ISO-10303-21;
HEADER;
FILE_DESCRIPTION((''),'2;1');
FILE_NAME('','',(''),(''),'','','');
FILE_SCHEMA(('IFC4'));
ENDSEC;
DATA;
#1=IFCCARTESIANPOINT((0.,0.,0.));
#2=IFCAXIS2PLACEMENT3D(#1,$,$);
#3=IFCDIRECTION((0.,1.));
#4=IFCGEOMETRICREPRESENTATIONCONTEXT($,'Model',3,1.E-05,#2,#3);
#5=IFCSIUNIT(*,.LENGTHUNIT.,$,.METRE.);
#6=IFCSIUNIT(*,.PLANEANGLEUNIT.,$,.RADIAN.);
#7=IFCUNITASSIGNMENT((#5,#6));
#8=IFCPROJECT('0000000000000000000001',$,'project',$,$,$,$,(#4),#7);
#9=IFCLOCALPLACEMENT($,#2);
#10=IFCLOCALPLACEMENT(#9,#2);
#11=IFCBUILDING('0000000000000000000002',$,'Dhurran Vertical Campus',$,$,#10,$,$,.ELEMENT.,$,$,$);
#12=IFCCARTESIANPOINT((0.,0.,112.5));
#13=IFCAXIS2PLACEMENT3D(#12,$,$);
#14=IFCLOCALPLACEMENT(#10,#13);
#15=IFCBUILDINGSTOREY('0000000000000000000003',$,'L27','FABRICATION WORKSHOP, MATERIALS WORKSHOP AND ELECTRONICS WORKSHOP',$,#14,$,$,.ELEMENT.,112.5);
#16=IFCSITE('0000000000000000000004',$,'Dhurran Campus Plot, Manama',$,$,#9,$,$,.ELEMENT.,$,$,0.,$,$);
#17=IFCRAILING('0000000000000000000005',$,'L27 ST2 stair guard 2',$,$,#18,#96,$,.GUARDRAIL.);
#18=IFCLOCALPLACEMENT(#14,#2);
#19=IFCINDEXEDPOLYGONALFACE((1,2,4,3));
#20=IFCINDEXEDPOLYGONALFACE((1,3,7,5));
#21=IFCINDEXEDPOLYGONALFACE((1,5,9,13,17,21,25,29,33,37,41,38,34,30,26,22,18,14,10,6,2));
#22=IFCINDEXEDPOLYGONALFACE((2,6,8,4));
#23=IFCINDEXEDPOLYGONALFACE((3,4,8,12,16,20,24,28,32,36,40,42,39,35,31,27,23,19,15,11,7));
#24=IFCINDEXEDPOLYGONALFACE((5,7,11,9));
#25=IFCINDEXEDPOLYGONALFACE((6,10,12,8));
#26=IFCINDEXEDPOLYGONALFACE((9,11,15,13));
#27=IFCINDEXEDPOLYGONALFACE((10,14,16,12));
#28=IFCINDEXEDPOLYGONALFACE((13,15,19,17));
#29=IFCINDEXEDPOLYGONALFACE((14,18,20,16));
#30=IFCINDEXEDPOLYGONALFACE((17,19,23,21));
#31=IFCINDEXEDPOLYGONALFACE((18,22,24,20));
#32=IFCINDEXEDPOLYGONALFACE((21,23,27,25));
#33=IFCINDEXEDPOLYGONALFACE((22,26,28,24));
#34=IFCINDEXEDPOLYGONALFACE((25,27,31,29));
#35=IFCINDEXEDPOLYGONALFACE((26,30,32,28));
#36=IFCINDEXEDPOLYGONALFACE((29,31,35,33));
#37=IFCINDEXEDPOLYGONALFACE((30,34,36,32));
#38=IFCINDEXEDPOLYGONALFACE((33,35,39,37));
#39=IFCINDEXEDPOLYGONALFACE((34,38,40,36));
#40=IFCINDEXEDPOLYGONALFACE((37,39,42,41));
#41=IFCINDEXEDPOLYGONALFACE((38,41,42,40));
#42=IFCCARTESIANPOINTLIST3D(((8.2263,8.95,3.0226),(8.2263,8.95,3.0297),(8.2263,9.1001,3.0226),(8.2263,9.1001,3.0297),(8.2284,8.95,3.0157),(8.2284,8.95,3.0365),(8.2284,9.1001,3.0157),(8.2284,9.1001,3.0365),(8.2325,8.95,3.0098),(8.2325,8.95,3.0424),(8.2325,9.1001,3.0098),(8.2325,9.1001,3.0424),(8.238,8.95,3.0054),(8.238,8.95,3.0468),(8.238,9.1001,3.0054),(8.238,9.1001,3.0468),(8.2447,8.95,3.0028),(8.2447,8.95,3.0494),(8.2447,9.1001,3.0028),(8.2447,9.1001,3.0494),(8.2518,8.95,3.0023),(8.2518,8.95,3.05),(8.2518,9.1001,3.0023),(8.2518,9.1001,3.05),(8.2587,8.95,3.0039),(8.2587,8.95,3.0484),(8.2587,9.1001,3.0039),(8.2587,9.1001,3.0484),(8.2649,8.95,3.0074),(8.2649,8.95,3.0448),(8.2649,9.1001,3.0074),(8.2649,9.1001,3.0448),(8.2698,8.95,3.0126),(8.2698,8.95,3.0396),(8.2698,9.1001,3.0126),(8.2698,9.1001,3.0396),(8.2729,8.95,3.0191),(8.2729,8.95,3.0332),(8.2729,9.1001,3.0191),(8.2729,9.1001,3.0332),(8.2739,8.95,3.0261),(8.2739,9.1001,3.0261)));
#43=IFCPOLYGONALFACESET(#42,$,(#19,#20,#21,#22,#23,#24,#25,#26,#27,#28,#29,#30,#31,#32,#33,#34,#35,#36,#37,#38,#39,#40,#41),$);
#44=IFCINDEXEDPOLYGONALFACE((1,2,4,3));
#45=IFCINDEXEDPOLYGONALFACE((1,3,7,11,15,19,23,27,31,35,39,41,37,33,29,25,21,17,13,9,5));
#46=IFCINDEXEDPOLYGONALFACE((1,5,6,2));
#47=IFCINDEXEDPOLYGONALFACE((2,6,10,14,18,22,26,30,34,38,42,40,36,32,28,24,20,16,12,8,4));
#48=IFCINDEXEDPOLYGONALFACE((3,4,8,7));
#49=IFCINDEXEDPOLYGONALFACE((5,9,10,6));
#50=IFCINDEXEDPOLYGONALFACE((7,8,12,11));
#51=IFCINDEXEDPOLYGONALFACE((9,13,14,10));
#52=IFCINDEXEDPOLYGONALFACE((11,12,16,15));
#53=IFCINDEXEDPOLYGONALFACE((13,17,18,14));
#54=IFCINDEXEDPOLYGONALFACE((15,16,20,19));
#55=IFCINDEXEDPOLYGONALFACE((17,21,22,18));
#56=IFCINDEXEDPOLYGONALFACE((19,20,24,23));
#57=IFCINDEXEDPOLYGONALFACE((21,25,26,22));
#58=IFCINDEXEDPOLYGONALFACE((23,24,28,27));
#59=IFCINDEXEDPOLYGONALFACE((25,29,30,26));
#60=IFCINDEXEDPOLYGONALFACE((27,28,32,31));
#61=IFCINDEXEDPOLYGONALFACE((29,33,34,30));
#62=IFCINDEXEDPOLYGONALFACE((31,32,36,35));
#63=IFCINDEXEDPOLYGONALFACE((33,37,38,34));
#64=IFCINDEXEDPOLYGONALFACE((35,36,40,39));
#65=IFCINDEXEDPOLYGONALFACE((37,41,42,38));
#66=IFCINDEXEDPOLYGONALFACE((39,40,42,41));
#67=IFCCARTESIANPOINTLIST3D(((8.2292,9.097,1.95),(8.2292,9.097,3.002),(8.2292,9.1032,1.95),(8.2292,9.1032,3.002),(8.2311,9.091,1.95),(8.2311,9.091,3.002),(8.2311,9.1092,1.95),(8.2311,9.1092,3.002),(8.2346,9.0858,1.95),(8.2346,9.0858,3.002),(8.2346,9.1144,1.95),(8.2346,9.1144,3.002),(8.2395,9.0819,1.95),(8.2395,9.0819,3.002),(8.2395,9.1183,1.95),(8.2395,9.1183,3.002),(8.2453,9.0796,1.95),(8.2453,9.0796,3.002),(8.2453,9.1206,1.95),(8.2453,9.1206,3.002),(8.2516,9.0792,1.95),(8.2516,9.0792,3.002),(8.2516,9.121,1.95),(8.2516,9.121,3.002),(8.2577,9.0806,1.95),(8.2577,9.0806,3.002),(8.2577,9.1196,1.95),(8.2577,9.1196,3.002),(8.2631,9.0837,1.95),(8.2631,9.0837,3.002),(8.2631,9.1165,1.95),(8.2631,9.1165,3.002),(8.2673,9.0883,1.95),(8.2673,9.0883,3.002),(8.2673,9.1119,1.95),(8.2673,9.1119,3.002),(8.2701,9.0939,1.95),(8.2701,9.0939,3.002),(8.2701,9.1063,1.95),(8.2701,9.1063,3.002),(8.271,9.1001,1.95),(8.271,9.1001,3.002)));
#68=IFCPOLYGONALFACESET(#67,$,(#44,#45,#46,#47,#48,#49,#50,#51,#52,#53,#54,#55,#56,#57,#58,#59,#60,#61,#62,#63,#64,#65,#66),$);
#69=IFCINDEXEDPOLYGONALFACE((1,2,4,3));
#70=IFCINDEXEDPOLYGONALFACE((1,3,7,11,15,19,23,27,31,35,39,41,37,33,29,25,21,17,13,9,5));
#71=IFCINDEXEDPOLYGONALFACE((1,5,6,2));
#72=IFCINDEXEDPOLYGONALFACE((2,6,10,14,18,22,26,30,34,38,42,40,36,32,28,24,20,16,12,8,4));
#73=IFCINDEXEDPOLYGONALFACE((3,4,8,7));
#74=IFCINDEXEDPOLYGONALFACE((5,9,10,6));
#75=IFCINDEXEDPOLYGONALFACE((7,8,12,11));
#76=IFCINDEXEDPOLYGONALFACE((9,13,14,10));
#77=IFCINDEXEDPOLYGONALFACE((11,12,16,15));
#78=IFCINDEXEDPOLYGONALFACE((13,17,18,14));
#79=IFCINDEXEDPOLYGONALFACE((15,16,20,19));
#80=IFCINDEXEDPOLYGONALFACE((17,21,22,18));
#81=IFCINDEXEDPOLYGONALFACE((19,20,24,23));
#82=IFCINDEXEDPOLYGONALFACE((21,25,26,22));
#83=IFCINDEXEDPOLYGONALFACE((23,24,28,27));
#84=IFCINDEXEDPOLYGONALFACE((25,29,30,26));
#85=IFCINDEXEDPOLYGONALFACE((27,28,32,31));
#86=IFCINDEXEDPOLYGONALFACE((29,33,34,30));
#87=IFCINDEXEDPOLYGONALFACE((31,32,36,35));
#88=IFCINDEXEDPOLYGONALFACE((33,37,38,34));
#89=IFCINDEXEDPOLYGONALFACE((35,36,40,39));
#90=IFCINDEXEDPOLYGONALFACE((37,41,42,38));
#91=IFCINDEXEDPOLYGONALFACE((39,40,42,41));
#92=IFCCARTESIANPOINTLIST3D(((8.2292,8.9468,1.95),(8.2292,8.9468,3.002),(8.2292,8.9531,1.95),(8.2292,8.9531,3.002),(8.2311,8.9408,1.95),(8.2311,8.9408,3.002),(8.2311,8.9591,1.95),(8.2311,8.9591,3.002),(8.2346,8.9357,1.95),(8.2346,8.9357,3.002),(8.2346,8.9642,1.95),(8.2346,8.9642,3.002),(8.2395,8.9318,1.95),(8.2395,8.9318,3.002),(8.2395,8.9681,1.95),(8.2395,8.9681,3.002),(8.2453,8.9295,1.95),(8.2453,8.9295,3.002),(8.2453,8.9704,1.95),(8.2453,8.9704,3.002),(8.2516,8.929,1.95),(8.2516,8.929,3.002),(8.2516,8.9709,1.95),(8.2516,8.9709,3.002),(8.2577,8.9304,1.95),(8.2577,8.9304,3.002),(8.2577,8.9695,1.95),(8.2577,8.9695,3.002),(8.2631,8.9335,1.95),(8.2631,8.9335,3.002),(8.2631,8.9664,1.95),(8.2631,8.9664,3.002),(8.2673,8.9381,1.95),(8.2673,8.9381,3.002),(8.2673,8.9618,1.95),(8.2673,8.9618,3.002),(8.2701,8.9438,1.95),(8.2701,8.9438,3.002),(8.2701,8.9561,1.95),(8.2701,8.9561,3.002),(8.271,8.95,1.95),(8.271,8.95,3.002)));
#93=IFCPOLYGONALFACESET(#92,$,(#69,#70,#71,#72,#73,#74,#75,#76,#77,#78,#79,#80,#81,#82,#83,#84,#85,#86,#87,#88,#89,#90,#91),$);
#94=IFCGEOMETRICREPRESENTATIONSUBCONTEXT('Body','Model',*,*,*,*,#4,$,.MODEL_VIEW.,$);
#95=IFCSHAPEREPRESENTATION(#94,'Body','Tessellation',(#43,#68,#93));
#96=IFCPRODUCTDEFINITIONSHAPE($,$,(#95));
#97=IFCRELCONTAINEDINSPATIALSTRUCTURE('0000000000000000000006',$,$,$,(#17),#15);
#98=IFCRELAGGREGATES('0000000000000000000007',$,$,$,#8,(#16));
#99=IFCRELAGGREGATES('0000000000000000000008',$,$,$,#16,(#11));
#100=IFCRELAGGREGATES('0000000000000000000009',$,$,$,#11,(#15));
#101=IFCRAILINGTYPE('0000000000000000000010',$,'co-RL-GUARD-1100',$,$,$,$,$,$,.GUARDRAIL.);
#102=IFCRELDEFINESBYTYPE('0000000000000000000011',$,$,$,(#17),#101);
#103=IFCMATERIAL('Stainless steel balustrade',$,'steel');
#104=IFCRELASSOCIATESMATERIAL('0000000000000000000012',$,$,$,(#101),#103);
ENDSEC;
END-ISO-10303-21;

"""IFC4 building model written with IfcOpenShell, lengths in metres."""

from ifc_helpers import new_model, si_unit, direction, frame, origin, origin_2d, place, context, subcontext, project, spatial, circle, extrude, material, type_object, element, save


model = new_model("IFC4")

# Units and contexts
model_context = context("Model", 3, precision=1e-05, world=origin(), true_north=direction((0.0, 1.0)))
body_context = subcontext(model_context, "Body", "Model", "MODEL_VIEW")
ifc_project = project(units=[si_unit("LENGTHUNIT", "METRE"), si_unit("PLANEANGLEUNIT", "RADIAN")], contexts=[model_context])

# Site, building, storey
site_placement = place(None, origin())
site = spatial("IfcSite", under=ifc_project, at=site_placement, Name="Dhurran Campus Plot, Manama", CompositionType="ELEMENT", RefElevation=0.0)
building_placement = place(site_placement, origin())
building = spatial("IfcBuilding", under=site, at=building_placement, Name="Dhurran Vertical Campus", CompositionType="ELEMENT")
storey_placement = place(building_placement, frame((0.0, 0.0, 112.5)))
storey = spatial("IfcBuildingStorey", under=building, at=storey_placement, Name="L27", Description="FABRICATION WORKSHOP, MATERIALS WORKSHOP AND ELECTRONICS WORKSHOP", CompositionType="ELEMENT", Elevation=112.5)

# Railing
ifc_material_1 = material(Name="Stainless steel balustrade", Category="steel")
railing_type_1 = type_object("IfcRailingType", Name="co-RL-GUARD-1100", PredefinedType="GUARDRAIL", material=ifc_material_1)
railing_1_placement = place(storey_placement, frame((8.25, 9.1001, 1.95)))
element("IfcRailing", 1, at=railing_1_placement, inside=storey, type_object=railing_type_1, Name="L27 ST2 stair guard 2", PredefinedType="GUARDRAIL", context=body_context, shape_type="SweptSolid", body=[
    extrude(circle(Radius=0.0239, at=origin_2d()), frame((0.0, 0.0, 1.0762), z_axis=(0.0, -1.0, 0.0), x_axis=(1.0, 0.0, 0.0)), (0.0, 0.0, 1.0), 0.1501),
    extrude(circle(Radius=0.021, at=origin_2d()), origin(), (0.0, 0.0, 1.0), 1.052),
    extrude(circle(Radius=0.021, at=origin_2d()), frame((0.0, -0.1501, 0.0)), (0.0, 0.0, 1.0), 1.052),
])

save(model, "model.ifc")
